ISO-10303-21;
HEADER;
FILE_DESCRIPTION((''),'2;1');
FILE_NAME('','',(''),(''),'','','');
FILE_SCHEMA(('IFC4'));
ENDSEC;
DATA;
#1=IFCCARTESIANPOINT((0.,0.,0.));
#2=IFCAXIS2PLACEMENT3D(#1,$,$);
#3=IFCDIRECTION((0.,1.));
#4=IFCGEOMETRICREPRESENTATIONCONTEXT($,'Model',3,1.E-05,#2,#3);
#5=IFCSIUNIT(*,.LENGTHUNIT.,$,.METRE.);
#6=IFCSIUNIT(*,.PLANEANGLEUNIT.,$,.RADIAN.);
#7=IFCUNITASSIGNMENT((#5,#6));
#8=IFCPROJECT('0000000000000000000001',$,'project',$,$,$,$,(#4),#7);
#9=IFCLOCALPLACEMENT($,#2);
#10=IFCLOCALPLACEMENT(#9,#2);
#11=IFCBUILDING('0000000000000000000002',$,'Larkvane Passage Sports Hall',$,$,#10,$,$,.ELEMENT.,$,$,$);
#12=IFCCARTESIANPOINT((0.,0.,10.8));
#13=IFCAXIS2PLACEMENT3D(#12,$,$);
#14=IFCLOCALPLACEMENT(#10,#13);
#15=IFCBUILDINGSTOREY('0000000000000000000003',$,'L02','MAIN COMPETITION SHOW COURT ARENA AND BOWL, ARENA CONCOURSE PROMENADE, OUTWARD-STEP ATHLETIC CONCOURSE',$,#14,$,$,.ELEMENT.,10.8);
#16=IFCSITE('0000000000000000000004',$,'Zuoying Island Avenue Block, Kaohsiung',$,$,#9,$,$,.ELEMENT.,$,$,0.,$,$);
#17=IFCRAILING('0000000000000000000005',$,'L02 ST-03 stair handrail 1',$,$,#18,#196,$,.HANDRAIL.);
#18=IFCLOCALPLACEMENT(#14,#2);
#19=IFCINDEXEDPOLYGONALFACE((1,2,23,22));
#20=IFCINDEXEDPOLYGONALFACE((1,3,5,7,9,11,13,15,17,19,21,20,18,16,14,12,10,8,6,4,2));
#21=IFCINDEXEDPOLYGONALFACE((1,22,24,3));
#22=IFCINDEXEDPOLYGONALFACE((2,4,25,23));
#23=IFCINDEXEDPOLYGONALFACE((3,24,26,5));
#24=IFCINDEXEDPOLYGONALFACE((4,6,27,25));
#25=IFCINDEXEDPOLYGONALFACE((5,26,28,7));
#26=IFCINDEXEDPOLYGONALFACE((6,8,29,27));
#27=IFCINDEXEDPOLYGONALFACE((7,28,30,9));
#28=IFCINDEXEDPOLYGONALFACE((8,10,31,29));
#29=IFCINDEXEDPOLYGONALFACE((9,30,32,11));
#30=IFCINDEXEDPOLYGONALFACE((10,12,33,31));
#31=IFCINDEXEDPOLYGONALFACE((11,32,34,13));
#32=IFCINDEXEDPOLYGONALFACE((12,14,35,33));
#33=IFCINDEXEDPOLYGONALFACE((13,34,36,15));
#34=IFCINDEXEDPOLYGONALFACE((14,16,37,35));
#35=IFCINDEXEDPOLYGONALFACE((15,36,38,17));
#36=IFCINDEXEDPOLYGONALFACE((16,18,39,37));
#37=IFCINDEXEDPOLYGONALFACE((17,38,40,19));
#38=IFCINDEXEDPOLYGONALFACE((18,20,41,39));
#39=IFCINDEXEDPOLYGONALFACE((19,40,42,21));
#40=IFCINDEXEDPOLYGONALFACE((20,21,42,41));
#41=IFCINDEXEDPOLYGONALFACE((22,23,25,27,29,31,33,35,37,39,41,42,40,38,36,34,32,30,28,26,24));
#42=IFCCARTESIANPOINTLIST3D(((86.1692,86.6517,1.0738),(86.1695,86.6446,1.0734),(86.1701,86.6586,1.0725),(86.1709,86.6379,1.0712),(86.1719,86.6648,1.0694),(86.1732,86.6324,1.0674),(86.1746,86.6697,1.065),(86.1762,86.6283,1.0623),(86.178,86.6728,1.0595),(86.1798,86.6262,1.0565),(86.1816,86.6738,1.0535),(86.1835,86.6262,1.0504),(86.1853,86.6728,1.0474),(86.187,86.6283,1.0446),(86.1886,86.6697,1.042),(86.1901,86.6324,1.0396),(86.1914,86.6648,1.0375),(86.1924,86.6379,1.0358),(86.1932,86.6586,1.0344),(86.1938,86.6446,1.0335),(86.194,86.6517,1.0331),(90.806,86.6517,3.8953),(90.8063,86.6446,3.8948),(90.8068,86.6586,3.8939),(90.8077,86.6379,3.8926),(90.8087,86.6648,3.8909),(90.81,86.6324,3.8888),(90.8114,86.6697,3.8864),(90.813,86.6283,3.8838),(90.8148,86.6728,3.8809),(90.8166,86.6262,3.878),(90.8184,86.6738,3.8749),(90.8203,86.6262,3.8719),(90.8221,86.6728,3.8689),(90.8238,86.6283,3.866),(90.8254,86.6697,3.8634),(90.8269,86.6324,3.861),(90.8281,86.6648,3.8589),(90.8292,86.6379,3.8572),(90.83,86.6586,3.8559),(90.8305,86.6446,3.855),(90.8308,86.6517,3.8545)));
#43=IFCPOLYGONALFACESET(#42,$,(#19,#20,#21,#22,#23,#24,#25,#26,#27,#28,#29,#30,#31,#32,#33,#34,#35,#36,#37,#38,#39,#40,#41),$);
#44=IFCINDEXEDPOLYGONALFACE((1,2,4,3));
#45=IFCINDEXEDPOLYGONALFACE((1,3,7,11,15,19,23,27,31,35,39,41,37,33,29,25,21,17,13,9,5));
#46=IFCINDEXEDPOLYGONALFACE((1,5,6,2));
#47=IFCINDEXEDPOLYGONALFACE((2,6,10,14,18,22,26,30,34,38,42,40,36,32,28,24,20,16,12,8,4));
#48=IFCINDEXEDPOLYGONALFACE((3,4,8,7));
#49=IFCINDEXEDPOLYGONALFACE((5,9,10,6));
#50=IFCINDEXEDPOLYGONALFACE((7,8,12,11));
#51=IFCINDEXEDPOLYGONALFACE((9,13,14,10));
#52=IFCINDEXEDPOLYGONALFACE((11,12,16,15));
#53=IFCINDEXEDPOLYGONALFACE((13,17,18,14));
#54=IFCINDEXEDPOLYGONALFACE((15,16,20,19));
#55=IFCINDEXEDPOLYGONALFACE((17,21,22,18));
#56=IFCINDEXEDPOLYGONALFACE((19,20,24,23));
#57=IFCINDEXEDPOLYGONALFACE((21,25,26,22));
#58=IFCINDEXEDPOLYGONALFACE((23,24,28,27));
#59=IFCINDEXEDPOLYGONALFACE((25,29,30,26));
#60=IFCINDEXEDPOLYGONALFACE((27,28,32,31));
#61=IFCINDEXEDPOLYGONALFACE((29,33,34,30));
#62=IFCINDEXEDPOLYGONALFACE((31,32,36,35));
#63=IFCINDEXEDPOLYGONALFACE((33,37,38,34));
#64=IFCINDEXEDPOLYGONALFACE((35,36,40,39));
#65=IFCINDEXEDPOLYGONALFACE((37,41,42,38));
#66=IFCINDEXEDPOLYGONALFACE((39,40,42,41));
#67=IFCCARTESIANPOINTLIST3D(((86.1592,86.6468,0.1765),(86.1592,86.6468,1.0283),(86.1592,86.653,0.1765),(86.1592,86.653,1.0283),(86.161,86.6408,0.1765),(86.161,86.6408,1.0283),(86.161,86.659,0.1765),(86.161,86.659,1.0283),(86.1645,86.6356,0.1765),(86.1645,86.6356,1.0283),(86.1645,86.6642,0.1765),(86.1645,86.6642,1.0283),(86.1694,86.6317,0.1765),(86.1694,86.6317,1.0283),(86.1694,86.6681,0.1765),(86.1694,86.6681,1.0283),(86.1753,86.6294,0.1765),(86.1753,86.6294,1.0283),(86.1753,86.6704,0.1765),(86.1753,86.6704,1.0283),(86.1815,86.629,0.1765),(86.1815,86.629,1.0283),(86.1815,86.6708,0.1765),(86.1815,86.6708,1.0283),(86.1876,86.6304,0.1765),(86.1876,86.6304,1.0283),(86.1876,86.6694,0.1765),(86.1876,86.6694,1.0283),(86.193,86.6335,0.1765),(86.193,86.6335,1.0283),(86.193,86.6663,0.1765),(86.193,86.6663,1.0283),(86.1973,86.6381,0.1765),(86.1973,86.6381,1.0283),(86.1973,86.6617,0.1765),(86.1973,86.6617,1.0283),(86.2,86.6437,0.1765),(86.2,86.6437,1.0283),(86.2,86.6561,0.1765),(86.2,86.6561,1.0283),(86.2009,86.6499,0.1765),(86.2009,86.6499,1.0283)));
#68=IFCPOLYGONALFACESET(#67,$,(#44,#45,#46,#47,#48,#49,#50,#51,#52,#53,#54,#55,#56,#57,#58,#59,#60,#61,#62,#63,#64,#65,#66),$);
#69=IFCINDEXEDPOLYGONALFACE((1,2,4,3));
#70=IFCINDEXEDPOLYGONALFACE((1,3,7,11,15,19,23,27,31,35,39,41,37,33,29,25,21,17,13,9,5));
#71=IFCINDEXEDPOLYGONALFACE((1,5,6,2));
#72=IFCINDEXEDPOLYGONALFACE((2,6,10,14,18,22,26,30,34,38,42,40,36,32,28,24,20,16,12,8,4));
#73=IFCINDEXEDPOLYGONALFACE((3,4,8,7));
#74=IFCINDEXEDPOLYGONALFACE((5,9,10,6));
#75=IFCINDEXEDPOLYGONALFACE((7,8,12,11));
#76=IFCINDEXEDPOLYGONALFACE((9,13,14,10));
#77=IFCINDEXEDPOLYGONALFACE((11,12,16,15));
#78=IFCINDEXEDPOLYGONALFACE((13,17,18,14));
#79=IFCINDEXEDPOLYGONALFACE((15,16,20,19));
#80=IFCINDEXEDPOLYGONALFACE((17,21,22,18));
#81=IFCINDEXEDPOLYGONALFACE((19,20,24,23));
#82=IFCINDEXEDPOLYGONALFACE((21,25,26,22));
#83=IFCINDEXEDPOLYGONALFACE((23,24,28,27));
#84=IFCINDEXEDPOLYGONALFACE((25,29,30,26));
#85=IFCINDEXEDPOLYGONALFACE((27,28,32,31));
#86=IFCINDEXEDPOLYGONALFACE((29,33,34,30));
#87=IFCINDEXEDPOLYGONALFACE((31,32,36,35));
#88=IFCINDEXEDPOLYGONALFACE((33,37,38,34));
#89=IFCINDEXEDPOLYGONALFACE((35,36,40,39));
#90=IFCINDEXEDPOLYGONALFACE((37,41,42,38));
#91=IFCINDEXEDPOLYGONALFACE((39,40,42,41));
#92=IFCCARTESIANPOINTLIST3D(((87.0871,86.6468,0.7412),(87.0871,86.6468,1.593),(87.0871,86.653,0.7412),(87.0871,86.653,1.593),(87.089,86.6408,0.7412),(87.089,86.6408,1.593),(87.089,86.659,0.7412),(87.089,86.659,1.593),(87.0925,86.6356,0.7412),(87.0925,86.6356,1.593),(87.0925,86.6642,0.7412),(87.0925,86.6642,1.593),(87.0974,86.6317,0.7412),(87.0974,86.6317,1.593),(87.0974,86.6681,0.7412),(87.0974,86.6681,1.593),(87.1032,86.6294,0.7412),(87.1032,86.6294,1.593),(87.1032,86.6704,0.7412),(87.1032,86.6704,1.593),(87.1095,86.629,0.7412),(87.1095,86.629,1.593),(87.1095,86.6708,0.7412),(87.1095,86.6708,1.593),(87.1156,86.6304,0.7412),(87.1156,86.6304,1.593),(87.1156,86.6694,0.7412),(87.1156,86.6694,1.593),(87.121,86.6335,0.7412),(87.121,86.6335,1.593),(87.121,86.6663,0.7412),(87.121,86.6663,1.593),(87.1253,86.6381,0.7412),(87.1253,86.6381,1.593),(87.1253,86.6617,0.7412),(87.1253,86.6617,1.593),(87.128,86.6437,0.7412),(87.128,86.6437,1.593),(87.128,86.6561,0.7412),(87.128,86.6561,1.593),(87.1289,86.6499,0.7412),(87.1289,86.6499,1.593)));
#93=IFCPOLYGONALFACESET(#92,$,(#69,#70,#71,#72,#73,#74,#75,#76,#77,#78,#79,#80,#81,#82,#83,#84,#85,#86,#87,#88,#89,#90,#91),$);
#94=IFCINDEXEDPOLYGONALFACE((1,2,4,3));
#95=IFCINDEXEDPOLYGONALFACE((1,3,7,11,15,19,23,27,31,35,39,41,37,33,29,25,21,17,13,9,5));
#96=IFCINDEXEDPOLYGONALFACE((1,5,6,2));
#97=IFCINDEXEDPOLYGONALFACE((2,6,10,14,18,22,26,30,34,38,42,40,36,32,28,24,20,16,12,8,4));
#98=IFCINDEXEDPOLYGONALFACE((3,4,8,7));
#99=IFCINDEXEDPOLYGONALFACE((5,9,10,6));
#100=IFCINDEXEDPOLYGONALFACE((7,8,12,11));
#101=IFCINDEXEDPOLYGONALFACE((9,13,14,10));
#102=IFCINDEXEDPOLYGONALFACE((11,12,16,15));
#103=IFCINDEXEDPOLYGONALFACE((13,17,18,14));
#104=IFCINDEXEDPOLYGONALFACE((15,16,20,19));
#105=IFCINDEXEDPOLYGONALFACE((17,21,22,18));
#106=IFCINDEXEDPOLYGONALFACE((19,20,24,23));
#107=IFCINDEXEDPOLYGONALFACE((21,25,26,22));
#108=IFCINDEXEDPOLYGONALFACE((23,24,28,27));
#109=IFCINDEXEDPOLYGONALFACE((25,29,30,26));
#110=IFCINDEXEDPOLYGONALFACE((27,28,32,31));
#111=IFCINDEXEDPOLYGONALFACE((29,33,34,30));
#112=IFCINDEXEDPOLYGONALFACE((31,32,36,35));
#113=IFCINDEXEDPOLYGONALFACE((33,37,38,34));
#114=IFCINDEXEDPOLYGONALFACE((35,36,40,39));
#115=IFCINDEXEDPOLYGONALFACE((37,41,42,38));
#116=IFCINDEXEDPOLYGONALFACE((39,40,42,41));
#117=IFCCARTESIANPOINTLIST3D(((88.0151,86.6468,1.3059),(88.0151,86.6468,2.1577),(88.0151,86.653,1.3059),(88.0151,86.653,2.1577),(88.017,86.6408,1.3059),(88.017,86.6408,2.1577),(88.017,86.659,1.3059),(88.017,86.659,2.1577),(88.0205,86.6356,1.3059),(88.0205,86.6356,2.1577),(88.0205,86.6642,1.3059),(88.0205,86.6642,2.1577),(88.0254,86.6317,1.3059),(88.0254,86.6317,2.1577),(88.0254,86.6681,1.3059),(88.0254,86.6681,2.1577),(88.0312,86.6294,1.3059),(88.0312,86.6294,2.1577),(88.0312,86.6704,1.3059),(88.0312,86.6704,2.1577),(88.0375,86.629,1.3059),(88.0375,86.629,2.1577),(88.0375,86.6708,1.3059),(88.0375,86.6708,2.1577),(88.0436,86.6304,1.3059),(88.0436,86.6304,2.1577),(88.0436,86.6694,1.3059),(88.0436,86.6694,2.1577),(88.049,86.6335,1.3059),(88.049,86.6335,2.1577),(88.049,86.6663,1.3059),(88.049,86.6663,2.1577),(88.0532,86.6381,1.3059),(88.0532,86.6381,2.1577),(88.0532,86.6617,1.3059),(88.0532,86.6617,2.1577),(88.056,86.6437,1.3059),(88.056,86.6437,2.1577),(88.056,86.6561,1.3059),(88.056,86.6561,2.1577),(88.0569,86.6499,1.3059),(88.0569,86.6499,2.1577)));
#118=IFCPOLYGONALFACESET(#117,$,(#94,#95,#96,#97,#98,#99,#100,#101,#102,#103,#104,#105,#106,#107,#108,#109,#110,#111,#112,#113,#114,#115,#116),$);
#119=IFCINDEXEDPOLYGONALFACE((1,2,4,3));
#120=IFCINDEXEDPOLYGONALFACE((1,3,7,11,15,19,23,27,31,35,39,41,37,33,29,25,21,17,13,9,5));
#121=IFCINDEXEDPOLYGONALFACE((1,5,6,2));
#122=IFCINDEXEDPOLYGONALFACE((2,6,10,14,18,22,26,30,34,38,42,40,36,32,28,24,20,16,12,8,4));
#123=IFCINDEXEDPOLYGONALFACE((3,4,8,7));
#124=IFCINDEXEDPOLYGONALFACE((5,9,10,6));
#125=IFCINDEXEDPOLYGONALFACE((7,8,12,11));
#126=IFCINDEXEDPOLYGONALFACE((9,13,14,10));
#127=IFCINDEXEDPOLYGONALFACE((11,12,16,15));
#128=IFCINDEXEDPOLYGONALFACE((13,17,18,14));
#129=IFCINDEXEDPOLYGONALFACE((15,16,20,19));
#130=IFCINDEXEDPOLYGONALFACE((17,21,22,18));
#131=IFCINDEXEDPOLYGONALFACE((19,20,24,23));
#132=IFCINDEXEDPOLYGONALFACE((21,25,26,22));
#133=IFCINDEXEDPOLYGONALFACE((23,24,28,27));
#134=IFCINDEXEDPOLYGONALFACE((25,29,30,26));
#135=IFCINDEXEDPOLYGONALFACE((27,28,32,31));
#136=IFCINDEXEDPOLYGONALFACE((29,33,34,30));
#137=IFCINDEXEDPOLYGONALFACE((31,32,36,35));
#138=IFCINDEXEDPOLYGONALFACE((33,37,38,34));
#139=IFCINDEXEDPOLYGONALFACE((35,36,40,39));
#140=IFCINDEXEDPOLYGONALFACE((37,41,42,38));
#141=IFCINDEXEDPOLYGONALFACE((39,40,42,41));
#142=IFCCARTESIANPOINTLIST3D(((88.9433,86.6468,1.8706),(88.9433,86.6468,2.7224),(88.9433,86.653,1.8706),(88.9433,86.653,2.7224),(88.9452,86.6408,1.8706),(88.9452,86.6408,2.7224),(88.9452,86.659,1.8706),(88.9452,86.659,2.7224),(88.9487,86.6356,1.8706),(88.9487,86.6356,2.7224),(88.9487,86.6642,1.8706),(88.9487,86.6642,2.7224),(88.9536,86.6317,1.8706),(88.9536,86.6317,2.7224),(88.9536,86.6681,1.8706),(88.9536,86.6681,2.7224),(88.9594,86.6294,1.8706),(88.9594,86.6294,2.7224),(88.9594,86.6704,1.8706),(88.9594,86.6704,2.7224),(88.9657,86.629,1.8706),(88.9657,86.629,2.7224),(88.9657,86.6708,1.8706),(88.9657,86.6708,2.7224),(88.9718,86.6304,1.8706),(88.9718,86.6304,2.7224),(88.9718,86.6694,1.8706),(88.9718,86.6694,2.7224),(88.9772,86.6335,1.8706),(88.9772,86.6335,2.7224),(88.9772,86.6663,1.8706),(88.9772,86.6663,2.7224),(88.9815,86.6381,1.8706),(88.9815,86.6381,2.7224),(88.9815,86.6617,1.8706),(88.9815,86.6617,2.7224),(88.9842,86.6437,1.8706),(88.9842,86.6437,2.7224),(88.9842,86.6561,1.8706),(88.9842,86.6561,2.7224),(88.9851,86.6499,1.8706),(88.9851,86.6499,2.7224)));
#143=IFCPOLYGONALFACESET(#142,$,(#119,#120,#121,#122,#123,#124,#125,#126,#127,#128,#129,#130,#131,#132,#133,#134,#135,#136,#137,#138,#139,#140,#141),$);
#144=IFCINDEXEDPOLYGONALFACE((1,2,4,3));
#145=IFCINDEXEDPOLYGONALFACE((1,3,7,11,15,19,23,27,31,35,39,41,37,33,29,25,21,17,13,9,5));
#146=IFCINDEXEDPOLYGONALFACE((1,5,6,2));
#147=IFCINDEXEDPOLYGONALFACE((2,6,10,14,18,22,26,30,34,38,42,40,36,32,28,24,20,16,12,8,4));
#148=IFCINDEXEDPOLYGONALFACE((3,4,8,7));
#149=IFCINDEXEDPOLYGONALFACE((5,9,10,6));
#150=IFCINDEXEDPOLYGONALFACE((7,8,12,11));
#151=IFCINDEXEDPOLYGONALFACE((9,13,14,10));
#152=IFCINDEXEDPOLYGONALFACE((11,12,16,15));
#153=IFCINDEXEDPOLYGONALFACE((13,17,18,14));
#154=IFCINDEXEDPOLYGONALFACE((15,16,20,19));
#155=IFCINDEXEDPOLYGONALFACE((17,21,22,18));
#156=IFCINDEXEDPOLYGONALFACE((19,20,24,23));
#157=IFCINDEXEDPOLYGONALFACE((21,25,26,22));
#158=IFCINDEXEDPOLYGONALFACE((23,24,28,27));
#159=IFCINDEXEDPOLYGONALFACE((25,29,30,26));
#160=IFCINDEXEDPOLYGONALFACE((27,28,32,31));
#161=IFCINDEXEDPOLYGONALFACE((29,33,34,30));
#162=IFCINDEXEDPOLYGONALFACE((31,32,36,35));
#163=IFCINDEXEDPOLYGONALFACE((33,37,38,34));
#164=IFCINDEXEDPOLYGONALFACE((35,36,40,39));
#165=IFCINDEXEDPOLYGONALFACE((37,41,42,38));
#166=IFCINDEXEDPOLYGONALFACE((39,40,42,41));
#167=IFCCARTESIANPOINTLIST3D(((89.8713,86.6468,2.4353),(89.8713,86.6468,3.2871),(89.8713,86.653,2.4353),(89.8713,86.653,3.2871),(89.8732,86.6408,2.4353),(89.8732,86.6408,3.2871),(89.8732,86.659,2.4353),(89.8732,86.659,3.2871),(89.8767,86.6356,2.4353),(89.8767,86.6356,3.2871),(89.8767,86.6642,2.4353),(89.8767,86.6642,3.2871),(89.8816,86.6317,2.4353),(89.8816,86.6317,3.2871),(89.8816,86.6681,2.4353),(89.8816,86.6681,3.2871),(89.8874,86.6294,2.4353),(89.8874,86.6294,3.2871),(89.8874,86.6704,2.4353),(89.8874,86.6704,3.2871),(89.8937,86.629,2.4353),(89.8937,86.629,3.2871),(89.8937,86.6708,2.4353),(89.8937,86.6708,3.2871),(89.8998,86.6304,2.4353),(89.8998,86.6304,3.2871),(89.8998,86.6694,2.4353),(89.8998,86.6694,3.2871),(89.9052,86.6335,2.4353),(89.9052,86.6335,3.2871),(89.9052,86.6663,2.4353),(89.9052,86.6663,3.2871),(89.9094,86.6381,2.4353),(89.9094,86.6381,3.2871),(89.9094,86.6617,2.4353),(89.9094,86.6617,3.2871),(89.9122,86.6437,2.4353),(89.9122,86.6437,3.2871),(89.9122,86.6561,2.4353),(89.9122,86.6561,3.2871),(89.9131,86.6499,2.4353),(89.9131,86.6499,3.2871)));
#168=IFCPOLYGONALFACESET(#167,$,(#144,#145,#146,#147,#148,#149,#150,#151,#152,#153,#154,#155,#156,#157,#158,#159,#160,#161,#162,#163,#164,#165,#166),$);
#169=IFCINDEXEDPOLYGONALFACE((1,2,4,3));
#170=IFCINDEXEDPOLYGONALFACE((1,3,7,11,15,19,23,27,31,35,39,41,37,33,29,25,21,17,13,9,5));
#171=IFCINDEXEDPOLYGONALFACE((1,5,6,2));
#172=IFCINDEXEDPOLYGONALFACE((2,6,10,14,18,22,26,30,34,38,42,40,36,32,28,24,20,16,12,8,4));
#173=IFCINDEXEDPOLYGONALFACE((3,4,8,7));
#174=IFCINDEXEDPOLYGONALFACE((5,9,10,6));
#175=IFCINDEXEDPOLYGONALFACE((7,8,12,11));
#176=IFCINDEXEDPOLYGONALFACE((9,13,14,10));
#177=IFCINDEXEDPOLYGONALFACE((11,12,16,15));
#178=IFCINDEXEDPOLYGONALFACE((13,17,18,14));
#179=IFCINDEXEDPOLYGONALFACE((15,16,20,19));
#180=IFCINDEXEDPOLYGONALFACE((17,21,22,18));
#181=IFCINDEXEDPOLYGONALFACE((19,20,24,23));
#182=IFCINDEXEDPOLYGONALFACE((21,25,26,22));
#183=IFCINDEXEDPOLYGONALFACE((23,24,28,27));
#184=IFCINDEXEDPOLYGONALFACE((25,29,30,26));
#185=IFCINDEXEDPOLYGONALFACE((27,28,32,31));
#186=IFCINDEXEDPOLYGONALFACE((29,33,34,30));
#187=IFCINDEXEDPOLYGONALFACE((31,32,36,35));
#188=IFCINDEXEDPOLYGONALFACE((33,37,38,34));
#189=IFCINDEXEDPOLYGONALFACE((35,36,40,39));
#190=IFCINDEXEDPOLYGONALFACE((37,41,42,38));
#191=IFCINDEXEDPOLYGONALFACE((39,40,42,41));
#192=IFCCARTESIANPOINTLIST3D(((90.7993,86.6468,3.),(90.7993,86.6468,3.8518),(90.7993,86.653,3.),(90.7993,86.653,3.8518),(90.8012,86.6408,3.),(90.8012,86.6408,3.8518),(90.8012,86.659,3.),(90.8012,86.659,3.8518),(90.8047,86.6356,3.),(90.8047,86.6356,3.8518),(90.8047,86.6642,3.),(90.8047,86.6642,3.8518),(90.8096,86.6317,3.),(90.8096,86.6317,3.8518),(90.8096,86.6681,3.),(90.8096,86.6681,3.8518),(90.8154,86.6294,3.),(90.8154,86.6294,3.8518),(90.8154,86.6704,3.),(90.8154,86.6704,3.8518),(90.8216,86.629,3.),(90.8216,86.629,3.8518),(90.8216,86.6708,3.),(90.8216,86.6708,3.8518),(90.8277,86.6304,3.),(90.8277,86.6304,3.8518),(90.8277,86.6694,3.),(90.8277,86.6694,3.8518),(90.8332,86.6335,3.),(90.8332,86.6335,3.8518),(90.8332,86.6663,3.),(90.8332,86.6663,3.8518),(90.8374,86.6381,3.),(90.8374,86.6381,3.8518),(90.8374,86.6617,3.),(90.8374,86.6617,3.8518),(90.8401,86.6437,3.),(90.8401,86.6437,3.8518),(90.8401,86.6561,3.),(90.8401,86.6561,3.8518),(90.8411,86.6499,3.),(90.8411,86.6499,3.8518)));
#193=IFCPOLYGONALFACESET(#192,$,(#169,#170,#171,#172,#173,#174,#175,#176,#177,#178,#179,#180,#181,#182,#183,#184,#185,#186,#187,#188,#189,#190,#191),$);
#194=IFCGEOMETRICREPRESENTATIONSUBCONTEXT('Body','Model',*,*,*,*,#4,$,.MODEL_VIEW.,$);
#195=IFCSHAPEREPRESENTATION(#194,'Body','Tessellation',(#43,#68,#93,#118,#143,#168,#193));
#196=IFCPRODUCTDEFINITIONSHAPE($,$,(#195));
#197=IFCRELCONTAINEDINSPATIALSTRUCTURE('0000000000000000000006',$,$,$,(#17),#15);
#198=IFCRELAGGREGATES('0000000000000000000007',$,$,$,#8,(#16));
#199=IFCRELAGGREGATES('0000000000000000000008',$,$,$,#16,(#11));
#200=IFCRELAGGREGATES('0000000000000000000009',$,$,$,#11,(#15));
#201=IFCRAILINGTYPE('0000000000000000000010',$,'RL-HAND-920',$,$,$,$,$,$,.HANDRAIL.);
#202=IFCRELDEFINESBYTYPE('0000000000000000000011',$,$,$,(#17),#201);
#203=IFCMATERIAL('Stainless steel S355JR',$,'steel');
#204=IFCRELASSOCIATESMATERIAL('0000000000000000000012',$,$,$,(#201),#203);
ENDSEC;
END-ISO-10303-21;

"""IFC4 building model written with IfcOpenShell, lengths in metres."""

from ifc_helpers import new_model, si_unit, direction, frame, origin, origin_2d, place, context, subcontext, project, spatial, circle, extrude, material, type_object, element, save


model = new_model("IFC4")

# Units and contexts
model_context = context("Model", 3, precision=1e-05, world=origin(), true_north=direction((0.0, 1.0)))
body_context = subcontext(model_context, "Body", "Model", "MODEL_VIEW")
ifc_project = project(units=[si_unit("LENGTHUNIT", "METRE"), si_unit("PLANEANGLEUNIT", "RADIAN")], contexts=[model_context])

# Site, building, storey
site_placement = place(None, origin())
site = spatial("IfcSite", under=ifc_project, at=site_placement, Name="Zuoying Island Avenue Block, Kaohsiung", CompositionType="ELEMENT", RefElevation=0.0)
building_placement = place(site_placement, origin())
building = spatial("IfcBuilding", under=site, at=building_placement, Name="Larkvane Passage Sports Hall", CompositionType="ELEMENT")
storey_placement = place(building_placement, frame((0.0, 0.0, 10.8)))
storey = spatial("IfcBuildingStorey", under=building, at=storey_placement, Name="L02", Description="MAIN COMPETITION SHOW COURT ARENA AND BOWL, ARENA CONCOURSE PROMENADE, OUTWARD-STEP ATHLETIC CONCOURSE", CompositionType="ELEMENT", Elevation=10.8)

# Railing
ifc_material_1 = material(Name="Stainless steel S355JR", Category="steel")
railing_type_1 = type_object("IfcRailingType", Name="RL-HAND-920", PredefinedType="HANDRAIL", material=ifc_material_1)
railing_1_placement = place(storey_placement, frame((86.1799, 86.6499, 0.1765)))
element("IfcRailing", 1, at=railing_1_placement, inside=storey, type_object=railing_type_1, Name="L02 ST-03 stair handrail 1", PredefinedType="HANDRAIL", context=body_context, shape_type="SweptSolid", body=[
    extrude(circle(Radius=0.0239, at=origin_2d()), frame((0.0017, 0.0, 0.877), z_axis=(0.854276, 0.0, 0.51982), x_axis=(0.0, 1.0, 0.0)), (0.0, 0.0, 1.0), 5.4277),
    extrude(circle(Radius=0.021, at=origin_2d()), origin(), (0.0, 0.0, 1.0), 0.8518),
    extrude(circle(Radius=0.021, at=origin_2d()), frame((0.928, 0.0, 0.5647)), (0.0, 0.0, 1.0), 0.8518),
    extrude(circle(Radius=0.021, at=origin_2d()), frame((1.856, 0.0, 1.1294)), (0.0, 0.0, 1.0), 0.8518),
    extrude(circle(Radius=0.021, at=origin_2d()), frame((2.7842, 0.0, 1.6941)), (0.0, 0.0, 1.0), 0.8518),
    extrude(circle(Radius=0.021, at=origin_2d()), frame((3.7122, 0.0, 2.2588)), (0.0, 0.0, 1.0), 0.8518),
    extrude(circle(Radius=0.021, at=origin_2d()), frame((4.6401, 0.0, 2.8235)), (0.0, 0.0, 1.0), 0.8518),
])

save(model, "model.ifc")
